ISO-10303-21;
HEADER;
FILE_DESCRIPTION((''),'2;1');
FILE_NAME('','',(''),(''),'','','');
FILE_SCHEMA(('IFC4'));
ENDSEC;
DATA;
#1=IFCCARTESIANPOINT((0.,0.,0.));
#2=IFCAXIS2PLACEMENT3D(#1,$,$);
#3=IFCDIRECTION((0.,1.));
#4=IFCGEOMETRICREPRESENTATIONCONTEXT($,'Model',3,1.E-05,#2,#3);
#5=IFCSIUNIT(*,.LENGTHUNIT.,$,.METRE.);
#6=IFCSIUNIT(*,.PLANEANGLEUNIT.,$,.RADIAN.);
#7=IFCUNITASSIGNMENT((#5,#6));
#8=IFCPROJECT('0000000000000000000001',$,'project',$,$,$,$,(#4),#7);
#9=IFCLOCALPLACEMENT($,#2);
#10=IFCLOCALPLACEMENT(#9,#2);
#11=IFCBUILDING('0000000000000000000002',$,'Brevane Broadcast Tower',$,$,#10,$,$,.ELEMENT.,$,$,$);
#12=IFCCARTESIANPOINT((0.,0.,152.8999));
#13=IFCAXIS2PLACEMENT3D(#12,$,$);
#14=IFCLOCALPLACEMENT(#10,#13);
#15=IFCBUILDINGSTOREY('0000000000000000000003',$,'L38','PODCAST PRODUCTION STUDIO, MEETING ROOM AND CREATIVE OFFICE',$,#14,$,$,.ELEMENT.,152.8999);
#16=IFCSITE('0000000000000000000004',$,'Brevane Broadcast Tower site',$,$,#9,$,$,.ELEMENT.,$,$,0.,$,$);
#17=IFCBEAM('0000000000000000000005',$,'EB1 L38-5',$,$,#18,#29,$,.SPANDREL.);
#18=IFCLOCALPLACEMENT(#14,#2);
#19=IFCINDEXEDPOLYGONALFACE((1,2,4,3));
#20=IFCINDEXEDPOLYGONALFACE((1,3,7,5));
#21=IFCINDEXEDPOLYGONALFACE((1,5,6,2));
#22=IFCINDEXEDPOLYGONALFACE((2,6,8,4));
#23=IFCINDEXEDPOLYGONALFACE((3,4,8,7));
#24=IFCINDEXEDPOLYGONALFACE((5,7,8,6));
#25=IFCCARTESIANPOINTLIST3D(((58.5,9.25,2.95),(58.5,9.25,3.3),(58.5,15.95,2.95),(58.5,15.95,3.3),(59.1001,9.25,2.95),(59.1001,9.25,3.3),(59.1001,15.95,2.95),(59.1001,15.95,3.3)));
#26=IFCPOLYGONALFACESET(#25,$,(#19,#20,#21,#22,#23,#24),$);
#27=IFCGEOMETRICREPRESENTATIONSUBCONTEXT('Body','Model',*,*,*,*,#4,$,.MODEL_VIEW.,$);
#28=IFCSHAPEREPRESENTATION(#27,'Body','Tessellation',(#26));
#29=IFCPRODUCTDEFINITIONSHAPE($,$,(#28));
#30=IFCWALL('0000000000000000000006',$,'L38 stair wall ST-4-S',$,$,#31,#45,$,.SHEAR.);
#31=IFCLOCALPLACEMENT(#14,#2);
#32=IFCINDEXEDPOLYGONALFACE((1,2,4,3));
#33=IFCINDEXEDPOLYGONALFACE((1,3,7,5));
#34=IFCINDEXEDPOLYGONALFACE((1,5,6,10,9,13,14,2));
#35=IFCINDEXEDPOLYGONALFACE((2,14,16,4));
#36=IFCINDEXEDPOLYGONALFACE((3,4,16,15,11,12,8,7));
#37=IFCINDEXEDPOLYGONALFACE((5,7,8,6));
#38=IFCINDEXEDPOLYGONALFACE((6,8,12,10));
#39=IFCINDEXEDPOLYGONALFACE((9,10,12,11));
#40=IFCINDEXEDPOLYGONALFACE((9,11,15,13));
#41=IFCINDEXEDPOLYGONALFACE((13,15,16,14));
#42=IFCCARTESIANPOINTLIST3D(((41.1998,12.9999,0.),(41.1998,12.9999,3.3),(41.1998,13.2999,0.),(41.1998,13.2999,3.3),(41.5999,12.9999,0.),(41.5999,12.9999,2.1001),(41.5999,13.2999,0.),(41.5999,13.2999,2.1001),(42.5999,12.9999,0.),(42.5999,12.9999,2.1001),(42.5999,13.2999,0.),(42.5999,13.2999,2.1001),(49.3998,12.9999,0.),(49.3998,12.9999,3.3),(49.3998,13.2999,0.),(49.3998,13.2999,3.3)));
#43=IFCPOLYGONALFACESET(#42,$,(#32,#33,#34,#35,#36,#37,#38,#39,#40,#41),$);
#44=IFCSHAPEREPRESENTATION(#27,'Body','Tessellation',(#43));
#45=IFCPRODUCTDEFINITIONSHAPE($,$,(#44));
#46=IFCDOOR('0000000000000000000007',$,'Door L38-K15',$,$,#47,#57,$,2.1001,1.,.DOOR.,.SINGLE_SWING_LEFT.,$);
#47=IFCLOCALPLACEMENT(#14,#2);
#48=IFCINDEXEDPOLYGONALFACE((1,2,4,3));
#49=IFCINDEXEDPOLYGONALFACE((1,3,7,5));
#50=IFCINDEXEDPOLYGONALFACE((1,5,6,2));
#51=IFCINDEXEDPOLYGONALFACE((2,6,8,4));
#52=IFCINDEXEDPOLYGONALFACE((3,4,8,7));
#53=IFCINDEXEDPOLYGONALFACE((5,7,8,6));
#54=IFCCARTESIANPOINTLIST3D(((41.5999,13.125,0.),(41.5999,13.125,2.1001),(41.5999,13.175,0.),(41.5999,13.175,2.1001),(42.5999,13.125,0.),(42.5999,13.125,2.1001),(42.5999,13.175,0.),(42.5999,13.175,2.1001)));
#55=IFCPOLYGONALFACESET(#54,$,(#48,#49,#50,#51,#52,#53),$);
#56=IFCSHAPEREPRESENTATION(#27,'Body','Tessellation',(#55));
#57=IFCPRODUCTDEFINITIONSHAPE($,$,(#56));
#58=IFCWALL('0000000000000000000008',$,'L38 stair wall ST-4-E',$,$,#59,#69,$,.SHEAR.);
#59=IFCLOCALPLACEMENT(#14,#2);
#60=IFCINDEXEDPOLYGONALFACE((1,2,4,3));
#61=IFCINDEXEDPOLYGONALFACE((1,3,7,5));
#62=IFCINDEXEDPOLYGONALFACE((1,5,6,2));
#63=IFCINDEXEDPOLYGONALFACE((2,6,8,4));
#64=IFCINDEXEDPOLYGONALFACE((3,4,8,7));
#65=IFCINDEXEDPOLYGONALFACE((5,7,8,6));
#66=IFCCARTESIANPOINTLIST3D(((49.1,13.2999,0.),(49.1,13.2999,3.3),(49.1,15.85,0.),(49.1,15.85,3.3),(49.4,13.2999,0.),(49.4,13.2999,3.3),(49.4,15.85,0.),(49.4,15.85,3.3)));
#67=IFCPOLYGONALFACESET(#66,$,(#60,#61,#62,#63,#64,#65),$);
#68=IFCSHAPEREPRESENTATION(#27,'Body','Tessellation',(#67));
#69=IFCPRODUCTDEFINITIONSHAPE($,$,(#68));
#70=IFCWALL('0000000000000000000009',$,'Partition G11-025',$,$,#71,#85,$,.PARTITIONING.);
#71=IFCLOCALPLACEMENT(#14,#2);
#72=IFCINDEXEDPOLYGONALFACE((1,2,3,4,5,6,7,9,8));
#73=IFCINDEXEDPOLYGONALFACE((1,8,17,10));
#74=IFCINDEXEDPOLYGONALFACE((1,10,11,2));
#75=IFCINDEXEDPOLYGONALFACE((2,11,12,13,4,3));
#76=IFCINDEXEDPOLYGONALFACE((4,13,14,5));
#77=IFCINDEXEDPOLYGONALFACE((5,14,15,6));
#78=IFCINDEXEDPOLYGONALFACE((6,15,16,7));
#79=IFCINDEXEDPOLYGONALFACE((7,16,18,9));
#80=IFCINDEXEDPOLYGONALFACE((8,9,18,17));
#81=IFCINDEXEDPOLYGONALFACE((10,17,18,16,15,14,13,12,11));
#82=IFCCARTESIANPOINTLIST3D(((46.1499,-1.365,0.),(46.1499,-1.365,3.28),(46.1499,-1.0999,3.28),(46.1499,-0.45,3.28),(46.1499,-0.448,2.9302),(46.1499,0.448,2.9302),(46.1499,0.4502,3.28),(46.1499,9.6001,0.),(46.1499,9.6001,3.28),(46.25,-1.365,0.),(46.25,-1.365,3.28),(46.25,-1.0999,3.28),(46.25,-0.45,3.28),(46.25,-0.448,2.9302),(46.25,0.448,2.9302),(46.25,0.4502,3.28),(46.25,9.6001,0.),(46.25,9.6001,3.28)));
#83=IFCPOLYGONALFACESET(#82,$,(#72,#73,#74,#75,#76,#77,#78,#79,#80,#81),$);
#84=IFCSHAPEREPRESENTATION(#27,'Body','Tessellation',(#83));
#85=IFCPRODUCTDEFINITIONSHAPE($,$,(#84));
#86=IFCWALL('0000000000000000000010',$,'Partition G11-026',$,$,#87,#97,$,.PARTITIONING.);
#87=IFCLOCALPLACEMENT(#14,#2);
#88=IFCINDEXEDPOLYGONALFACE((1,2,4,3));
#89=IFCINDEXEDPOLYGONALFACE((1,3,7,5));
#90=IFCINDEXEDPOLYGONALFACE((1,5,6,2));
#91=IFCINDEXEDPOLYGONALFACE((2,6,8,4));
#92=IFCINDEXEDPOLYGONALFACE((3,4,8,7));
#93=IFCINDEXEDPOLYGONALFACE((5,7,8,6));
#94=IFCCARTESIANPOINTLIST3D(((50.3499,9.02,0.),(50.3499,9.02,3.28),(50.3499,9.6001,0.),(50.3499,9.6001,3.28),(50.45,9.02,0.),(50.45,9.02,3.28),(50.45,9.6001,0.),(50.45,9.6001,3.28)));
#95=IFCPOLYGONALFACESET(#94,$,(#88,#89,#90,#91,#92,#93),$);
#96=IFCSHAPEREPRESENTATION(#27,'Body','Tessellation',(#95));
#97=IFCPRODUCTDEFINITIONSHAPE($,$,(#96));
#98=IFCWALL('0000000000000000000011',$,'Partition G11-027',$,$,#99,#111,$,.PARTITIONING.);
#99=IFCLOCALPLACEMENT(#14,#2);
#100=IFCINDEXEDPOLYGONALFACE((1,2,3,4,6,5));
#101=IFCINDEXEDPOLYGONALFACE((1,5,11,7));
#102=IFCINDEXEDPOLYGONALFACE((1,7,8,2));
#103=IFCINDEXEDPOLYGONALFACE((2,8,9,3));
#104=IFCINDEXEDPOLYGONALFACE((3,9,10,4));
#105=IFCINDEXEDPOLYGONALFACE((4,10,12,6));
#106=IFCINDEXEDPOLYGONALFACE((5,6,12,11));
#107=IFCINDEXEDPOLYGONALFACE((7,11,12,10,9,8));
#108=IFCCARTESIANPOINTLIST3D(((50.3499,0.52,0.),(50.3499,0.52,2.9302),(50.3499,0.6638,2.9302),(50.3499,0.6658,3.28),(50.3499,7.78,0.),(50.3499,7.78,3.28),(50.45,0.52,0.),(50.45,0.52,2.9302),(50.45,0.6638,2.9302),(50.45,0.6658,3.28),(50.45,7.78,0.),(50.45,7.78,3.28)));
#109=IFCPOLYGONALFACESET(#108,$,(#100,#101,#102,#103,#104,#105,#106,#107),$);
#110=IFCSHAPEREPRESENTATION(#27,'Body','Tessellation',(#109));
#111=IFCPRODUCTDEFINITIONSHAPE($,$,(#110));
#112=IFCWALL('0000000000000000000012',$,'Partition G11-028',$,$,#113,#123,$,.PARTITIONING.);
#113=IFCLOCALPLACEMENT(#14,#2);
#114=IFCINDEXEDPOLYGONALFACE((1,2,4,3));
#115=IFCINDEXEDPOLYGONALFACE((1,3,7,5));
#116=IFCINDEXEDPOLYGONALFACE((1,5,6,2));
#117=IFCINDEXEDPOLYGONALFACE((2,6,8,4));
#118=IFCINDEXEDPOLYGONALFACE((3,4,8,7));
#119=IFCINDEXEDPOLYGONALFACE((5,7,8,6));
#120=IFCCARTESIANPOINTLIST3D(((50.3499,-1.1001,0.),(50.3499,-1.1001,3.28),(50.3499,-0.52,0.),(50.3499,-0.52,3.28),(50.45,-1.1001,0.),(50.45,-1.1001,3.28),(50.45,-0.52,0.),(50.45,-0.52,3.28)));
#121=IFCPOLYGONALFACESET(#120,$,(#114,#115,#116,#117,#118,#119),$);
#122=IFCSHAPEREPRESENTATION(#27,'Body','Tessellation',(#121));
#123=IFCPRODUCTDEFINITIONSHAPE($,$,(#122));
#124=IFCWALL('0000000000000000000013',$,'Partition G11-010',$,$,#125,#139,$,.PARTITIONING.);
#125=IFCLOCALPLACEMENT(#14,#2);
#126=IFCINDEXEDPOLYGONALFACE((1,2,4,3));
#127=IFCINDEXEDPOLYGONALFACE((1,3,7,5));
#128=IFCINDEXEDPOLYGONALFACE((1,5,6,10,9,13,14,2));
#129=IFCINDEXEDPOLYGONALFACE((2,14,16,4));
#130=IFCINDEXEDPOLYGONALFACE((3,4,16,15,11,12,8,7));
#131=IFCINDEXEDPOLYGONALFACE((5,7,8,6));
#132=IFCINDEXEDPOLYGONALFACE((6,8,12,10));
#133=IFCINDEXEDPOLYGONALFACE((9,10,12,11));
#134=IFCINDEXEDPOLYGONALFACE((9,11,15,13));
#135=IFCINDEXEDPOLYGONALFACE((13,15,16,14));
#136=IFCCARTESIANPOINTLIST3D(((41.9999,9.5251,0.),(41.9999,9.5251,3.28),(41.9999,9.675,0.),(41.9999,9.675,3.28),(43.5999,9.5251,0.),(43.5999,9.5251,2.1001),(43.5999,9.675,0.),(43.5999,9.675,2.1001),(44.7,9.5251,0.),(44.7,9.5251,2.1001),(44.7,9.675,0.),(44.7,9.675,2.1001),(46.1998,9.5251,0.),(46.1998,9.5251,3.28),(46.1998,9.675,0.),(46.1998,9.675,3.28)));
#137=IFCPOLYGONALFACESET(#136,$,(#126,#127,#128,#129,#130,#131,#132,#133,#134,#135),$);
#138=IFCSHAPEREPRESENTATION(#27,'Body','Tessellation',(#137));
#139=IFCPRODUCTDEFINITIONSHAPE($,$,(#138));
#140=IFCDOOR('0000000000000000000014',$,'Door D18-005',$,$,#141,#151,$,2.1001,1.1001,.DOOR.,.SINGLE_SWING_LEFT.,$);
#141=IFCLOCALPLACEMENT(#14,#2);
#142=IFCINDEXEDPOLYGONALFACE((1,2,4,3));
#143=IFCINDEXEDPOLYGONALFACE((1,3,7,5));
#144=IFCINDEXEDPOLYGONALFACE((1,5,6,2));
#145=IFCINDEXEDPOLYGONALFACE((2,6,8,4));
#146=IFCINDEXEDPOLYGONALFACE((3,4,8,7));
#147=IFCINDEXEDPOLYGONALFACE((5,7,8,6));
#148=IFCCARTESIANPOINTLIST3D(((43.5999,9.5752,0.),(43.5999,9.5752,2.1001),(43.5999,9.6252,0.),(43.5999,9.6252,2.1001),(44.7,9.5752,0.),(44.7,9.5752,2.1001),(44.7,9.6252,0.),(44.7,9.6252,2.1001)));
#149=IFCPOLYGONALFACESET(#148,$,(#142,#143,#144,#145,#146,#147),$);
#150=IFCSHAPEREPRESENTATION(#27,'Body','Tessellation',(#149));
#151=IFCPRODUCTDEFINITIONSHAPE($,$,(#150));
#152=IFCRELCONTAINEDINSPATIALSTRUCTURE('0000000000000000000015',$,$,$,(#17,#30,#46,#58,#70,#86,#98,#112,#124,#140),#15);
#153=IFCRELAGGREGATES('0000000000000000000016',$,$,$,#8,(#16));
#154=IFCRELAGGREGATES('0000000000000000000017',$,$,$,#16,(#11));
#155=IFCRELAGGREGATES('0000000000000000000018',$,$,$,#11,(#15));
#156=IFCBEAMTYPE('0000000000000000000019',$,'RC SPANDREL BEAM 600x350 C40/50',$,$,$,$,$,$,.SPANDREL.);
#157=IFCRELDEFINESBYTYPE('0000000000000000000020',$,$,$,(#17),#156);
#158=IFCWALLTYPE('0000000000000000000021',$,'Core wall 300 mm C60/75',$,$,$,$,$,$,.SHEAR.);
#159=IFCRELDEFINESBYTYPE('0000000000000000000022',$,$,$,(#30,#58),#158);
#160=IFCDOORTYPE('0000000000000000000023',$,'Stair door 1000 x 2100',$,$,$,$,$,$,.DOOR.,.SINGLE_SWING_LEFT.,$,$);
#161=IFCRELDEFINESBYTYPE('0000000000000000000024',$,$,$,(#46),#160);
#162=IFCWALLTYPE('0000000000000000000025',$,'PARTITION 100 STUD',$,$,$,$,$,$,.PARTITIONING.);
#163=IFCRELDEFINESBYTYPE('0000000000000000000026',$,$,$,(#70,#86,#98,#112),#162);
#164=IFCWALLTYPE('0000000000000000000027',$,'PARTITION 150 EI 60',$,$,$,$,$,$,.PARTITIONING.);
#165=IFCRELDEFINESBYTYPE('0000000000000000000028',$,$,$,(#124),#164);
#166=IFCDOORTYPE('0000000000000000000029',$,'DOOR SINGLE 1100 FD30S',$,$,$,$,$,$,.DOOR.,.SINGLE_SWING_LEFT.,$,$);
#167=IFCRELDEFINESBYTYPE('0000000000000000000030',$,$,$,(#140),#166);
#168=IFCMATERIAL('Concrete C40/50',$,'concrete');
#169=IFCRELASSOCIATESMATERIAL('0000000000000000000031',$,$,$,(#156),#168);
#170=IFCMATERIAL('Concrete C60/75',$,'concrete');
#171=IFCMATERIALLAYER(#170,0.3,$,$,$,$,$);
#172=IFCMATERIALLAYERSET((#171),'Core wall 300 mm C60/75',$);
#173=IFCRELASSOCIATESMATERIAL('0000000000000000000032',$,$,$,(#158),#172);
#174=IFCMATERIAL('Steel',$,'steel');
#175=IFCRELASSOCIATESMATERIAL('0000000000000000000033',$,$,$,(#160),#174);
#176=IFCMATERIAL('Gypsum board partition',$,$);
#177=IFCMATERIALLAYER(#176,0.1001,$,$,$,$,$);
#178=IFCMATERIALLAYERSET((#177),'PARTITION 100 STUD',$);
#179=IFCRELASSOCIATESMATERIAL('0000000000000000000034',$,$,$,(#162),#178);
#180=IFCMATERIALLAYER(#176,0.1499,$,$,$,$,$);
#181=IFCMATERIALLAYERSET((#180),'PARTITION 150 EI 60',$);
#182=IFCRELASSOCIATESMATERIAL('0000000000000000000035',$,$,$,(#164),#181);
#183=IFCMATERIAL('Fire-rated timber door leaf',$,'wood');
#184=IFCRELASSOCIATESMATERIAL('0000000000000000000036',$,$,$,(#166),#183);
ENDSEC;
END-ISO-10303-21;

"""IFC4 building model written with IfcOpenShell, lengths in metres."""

from ifc_helpers import new_model, si_unit, direction, frame, frame_2d, origin, origin_2d, place, context, subcontext, project, spatial, polyline, rectangle, outline, extrude, material, layer, layer_set, material_profile, profile_set, type_object, element, fill, save


model = new_model("IFC4")

# Units and contexts
model_context = context("Model", 3, precision=1e-05, world=origin(), true_north=direction((0.0, 1.0)))
body_context = subcontext(model_context, "Body", "Model", "MODEL_VIEW")
ifc_project = project(units=[si_unit("LENGTHUNIT", "METRE"), si_unit("PLANEANGLEUNIT", "RADIAN")], contexts=[model_context])

# Site, building, storey
site_placement = place(None, origin())
site = spatial("IfcSite", under=ifc_project, at=site_placement, Name="Brevane Broadcast Tower site", CompositionType="ELEMENT", RefElevation=0.0)
building_placement = place(site_placement, origin())
building = spatial("IfcBuilding", under=site, at=building_placement, Name="Brevane Broadcast Tower", CompositionType="ELEMENT")
storey_placement = place(building_placement, frame((0.0, 0.0, 152.8999)))
storey = spatial("IfcBuildingStorey", under=building, at=storey_placement, Name="L38", Description="PODCAST PRODUCTION STUDIO, MEETING ROOM AND CREATIVE OFFICE", CompositionType="ELEMENT", Elevation=152.8999)

# Shared definitions
ifc_material_1 = material(Name="Concrete C60/75", Category="concrete")

# Beam
ifc_material_2 = material(Name="Concrete C40/50", Category="concrete")
ifc_material_profile_1 = material_profile(ifc_material_2, rectangle(XDim=0.6001, YDim=0.3501, at=origin_2d()), Name="RC 600x350")
ifc_profile_set_1 = profile_set([ifc_material_profile_1], Name="Concrete C40/50")
beam_type = type_object("IfcBeamType", Name="RC SPANDREL BEAM 600x350 C40/50", PredefinedType="SPANDREL", material=ifc_profile_set_1)
beam_1_placement = place(storey_placement, frame((58.8, 9.25, 3.125), z_axis=(0.0, 1.0, 0.0), x_axis=(-1.0, 0.0, 0.0)))
element("IfcBeam", 1, at=beam_1_placement, inside=storey, type_object=beam_type, Name="EB1 L38-5", PredefinedType="SPANDREL", context=body_context, shape_type="SweptSolid", body=[
    extrude(rectangle(XDim=0.6001, YDim=0.3501, at=origin_2d()), origin(), (0.0, 0.0, 1.0), 6.7),
])

# Wall, opening, door
ifc_layer_1 = layer(ifc_material_1, 0.3)
ifc_layer_set_1 = layer_set([ifc_layer_1], Name="Core wall 300 mm C60/75")
wall_type_1 = type_object("IfcWallType", Name="Core wall 300 mm C60/75", PredefinedType="SHEAR", material=ifc_layer_set_1)
wall_1_placement = place(storey_placement, frame((49.3999, 13.1499, 0.0), z_axis=(0.0, 0.0, 1.0), x_axis=(-1.0, 0.0, 0.0)))
wall_1 = element("IfcWall", 2, at=wall_1_placement, inside=storey, type_object=wall_type_1, Name="L38 stair wall ST-4-S", PredefinedType="SHEAR", context=body_context, shape_type="SweptSolid", body=[
    extrude(rectangle(XDim=8.2, YDim=0.3, at=frame_2d((4.1001, 0.0))), origin(), (0.0, 0.0, 1.0), 3.3),
])
opening_1_placement = place(wall_1_placement, frame((6.8, 0.0, 0.0)))
opening_1 = element("IfcOpeningElement", 3, at=opening_1_placement, cuts=wall_1, PredefinedType="OPENING", context=body_context, shape_type="SweptSolid", body=[
    extrude(rectangle(XDim=1.0, YDim=2.1001, at=frame_2d((0.5, 1.05))), frame((0.0, 0.1599, 0.0), z_axis=(0.0, -1.0, 0.0), x_axis=(1.0, 0.0, 0.0)), (0.0, 0.0, 1.0), 0.3201),
])
ifc_material_3 = material(Name="Steel", Category="steel")
door_type_1 = type_object("IfcDoorType", Name="Stair door 1000 x 2100", OperationType="SINGLE_SWING_LEFT", PredefinedType="DOOR", material=ifc_material_3)
door_1_placement = place(opening_1_placement, origin())
door_1 = element("IfcDoor", 4, at=door_1_placement, inside=storey, type_object=door_type_1, Name="Door L38-K15", OperationType="SINGLE_SWING_LEFT", OverallHeight=2.1001, OverallWidth=1.0, PredefinedType="DOOR", context=body_context, shape_type="SweptSolid", body=[
    extrude(rectangle(XDim=1.0, YDim=2.1001, at=frame_2d((0.5, 1.05))), frame((0.0, 0.0249, 0.0), z_axis=(0.0, -1.0, 0.0), x_axis=(1.0, 0.0, 0.0)), (0.0, 0.0, 1.0), 0.05),
])
fill(opening_1, door_1)

# Walls
wall_2_placement = place(storey_placement, frame((49.25, 13.3, 0.0), z_axis=(0.0, 0.0, 1.0), x_axis=(0.0, 1.0, 0.0)))
element("IfcWall", 5, at=wall_2_placement, inside=storey, type_object=wall_type_1, Name="L38 stair wall ST-4-E", PredefinedType="SHEAR", context=body_context, shape_type="SweptSolid", body=[
    extrude(rectangle(XDim=2.55, YDim=0.3, at=frame_2d((1.2749, 0.0))), origin(), (0.0, 0.0, 1.0), 3.3),
])
ifc_material_4 = material(Name="Gypsum board partition")
ifc_layer_2 = layer(ifc_material_4, 0.1001)
ifc_layer_set_2 = layer_set([ifc_layer_2], Name="PARTITION 100 STUD")
wall_type_2 = type_object("IfcWallType", Name="PARTITION 100 STUD", PredefinedType="PARTITIONING", material=ifc_layer_set_2)
wall_3_placement = place(storey_placement, frame((46.2, 9.6001, 0.0), z_axis=(0.0, 0.0, 1.0), x_axis=(0.0, -1.0, 0.0)))
element("IfcWall", 6, at=wall_3_placement, inside=storey, type_object=wall_type_2, Name="Partition G11-025", PredefinedType="PARTITIONING", context=body_context, shape_type="SweptSolid", body=[
    extrude(outline(polyline([(0.0, 0.0), (10.9651, 0.0), (10.9651, 3.28), (10.7, 3.28), (10.05, 3.28), (10.0481, 2.9302), (9.1521, 2.9302), (9.1499, 3.28), (0.0, 3.28), (0.0, 0.0)])), frame((0.0, 0.05, 0.0), z_axis=(0.0, -1.0, 0.0), x_axis=(1.0, 0.0, 0.0)), (0.0, 0.0, 1.0), 0.1001),
])
wall_4_placement = place(storey_placement, frame((50.3999, 9.6001, 0.0), z_axis=(0.0, 0.0, 1.0), x_axis=(0.0, -1.0, 0.0)))
element("IfcWall", 7, at=wall_4_placement, inside=storey, type_object=wall_type_2, Name="Partition G11-026", PredefinedType="PARTITIONING", context=body_context, shape_type="SweptSolid", body=[
    extrude(rectangle(XDim=0.5801, YDim=0.1001, at=frame_2d((0.29, 0.0))), origin(), (0.0, 0.0, 1.0), 3.28),
])
wall_5_placement = place(storey_placement, frame((50.3999, 7.78, 0.0), z_axis=(0.0, 0.0, 1.0), x_axis=(0.0, -1.0, 0.0)))
element("IfcWall", 8, at=wall_5_placement, inside=storey, type_object=wall_type_2, Name="Partition G11-027", PredefinedType="PARTITIONING", context=body_context, shape_type="SweptSolid", body=[
    extrude(outline(polyline([(0.0, 0.0), (7.26, 0.0), (7.26, 2.9302), (7.1162, 2.9302), (7.1143, 3.28), (0.0, 3.28), (0.0, 0.0)])), frame((0.0, 0.05, 0.0), z_axis=(0.0, -1.0, 0.0), x_axis=(1.0, 0.0, 0.0)), (0.0, 0.0, 1.0), 0.1001),
])
wall_6_placement = place(storey_placement, frame((50.3999, -0.52, 0.0), z_axis=(0.0, 0.0, 1.0), x_axis=(0.0, -1.0, 0.0)))
element("IfcWall", 9, at=wall_6_placement, inside=storey, type_object=wall_type_2, Name="Partition G11-028", PredefinedType="PARTITIONING", context=body_context, shape_type="SweptSolid", body=[
    extrude(rectangle(XDim=0.5801, YDim=0.1001, at=frame_2d((0.29, 0.0))), origin(), (0.0, 0.0, 1.0), 3.28),
])

# Wall, opening, door
ifc_layer_3 = layer(ifc_material_4, 0.1499)
ifc_layer_set_3 = layer_set([ifc_layer_3], Name="PARTITION 150 EI 60")
wall_type_3 = type_object("IfcWallType", Name="PARTITION 150 EI 60", PredefinedType="PARTITIONING", material=ifc_layer_set_3)
wall_7_placement = place(storey_placement, frame((46.2, 9.6001, 0.0), z_axis=(0.0, 0.0, 1.0), x_axis=(-1.0, 0.0, 0.0)))
wall_7 = element("IfcWall", 10, at=wall_7_placement, inside=storey, type_object=wall_type_3, Name="Partition G11-010", PredefinedType="PARTITIONING", context=body_context, shape_type="SweptSolid", body=[
    extrude(rectangle(XDim=4.2, YDim=0.1499, at=frame_2d((2.1001, 0.0))), origin(), (0.0, 0.0, 1.0), 3.28),
])
opening_2_placement = place(wall_7_placement, frame((1.5, 0.0, 0.0)))
opening_2 = element("IfcOpeningElement", 11, at=opening_2_placement, cuts=wall_7, PredefinedType="OPENING", context=body_context, shape_type="SweptSolid", body=[
    extrude(rectangle(XDim=1.1001, YDim=2.1001, at=frame_2d((0.55, 1.05))), frame((0.0, 0.085, 0.0), z_axis=(0.0, -1.0, 0.0), x_axis=(1.0, 0.0, 0.0)), (0.0, 0.0, 1.0), 0.1699),
])
ifc_material_5 = material(Name="Fire-rated timber door leaf", Category="wood")
door_type_2 = type_object("IfcDoorType", Name="DOOR SINGLE 1100 FD30S", OperationType="SINGLE_SWING_LEFT", PredefinedType="DOOR", material=ifc_material_5)
door_2_placement = place(opening_2_placement, origin())
door_2 = element("IfcDoor", 12, at=door_2_placement, inside=storey, type_object=door_type_2, Name="Door D18-005", OperationType="SINGLE_SWING_LEFT", OverallHeight=2.1001, OverallWidth=1.1001, PredefinedType="DOOR", context=body_context, shape_type="SweptSolid", body=[
    extrude(rectangle(XDim=1.1001, YDim=2.1001, at=frame_2d((0.55, 1.05))), frame((0.0, 0.0249, 0.0), z_axis=(0.0, -1.0, 0.0), x_axis=(1.0, 0.0, 0.0)), (0.0, 0.0, 1.0), 0.05),
])
fill(opening_2, door_2)

save(model, "model.ifc")
